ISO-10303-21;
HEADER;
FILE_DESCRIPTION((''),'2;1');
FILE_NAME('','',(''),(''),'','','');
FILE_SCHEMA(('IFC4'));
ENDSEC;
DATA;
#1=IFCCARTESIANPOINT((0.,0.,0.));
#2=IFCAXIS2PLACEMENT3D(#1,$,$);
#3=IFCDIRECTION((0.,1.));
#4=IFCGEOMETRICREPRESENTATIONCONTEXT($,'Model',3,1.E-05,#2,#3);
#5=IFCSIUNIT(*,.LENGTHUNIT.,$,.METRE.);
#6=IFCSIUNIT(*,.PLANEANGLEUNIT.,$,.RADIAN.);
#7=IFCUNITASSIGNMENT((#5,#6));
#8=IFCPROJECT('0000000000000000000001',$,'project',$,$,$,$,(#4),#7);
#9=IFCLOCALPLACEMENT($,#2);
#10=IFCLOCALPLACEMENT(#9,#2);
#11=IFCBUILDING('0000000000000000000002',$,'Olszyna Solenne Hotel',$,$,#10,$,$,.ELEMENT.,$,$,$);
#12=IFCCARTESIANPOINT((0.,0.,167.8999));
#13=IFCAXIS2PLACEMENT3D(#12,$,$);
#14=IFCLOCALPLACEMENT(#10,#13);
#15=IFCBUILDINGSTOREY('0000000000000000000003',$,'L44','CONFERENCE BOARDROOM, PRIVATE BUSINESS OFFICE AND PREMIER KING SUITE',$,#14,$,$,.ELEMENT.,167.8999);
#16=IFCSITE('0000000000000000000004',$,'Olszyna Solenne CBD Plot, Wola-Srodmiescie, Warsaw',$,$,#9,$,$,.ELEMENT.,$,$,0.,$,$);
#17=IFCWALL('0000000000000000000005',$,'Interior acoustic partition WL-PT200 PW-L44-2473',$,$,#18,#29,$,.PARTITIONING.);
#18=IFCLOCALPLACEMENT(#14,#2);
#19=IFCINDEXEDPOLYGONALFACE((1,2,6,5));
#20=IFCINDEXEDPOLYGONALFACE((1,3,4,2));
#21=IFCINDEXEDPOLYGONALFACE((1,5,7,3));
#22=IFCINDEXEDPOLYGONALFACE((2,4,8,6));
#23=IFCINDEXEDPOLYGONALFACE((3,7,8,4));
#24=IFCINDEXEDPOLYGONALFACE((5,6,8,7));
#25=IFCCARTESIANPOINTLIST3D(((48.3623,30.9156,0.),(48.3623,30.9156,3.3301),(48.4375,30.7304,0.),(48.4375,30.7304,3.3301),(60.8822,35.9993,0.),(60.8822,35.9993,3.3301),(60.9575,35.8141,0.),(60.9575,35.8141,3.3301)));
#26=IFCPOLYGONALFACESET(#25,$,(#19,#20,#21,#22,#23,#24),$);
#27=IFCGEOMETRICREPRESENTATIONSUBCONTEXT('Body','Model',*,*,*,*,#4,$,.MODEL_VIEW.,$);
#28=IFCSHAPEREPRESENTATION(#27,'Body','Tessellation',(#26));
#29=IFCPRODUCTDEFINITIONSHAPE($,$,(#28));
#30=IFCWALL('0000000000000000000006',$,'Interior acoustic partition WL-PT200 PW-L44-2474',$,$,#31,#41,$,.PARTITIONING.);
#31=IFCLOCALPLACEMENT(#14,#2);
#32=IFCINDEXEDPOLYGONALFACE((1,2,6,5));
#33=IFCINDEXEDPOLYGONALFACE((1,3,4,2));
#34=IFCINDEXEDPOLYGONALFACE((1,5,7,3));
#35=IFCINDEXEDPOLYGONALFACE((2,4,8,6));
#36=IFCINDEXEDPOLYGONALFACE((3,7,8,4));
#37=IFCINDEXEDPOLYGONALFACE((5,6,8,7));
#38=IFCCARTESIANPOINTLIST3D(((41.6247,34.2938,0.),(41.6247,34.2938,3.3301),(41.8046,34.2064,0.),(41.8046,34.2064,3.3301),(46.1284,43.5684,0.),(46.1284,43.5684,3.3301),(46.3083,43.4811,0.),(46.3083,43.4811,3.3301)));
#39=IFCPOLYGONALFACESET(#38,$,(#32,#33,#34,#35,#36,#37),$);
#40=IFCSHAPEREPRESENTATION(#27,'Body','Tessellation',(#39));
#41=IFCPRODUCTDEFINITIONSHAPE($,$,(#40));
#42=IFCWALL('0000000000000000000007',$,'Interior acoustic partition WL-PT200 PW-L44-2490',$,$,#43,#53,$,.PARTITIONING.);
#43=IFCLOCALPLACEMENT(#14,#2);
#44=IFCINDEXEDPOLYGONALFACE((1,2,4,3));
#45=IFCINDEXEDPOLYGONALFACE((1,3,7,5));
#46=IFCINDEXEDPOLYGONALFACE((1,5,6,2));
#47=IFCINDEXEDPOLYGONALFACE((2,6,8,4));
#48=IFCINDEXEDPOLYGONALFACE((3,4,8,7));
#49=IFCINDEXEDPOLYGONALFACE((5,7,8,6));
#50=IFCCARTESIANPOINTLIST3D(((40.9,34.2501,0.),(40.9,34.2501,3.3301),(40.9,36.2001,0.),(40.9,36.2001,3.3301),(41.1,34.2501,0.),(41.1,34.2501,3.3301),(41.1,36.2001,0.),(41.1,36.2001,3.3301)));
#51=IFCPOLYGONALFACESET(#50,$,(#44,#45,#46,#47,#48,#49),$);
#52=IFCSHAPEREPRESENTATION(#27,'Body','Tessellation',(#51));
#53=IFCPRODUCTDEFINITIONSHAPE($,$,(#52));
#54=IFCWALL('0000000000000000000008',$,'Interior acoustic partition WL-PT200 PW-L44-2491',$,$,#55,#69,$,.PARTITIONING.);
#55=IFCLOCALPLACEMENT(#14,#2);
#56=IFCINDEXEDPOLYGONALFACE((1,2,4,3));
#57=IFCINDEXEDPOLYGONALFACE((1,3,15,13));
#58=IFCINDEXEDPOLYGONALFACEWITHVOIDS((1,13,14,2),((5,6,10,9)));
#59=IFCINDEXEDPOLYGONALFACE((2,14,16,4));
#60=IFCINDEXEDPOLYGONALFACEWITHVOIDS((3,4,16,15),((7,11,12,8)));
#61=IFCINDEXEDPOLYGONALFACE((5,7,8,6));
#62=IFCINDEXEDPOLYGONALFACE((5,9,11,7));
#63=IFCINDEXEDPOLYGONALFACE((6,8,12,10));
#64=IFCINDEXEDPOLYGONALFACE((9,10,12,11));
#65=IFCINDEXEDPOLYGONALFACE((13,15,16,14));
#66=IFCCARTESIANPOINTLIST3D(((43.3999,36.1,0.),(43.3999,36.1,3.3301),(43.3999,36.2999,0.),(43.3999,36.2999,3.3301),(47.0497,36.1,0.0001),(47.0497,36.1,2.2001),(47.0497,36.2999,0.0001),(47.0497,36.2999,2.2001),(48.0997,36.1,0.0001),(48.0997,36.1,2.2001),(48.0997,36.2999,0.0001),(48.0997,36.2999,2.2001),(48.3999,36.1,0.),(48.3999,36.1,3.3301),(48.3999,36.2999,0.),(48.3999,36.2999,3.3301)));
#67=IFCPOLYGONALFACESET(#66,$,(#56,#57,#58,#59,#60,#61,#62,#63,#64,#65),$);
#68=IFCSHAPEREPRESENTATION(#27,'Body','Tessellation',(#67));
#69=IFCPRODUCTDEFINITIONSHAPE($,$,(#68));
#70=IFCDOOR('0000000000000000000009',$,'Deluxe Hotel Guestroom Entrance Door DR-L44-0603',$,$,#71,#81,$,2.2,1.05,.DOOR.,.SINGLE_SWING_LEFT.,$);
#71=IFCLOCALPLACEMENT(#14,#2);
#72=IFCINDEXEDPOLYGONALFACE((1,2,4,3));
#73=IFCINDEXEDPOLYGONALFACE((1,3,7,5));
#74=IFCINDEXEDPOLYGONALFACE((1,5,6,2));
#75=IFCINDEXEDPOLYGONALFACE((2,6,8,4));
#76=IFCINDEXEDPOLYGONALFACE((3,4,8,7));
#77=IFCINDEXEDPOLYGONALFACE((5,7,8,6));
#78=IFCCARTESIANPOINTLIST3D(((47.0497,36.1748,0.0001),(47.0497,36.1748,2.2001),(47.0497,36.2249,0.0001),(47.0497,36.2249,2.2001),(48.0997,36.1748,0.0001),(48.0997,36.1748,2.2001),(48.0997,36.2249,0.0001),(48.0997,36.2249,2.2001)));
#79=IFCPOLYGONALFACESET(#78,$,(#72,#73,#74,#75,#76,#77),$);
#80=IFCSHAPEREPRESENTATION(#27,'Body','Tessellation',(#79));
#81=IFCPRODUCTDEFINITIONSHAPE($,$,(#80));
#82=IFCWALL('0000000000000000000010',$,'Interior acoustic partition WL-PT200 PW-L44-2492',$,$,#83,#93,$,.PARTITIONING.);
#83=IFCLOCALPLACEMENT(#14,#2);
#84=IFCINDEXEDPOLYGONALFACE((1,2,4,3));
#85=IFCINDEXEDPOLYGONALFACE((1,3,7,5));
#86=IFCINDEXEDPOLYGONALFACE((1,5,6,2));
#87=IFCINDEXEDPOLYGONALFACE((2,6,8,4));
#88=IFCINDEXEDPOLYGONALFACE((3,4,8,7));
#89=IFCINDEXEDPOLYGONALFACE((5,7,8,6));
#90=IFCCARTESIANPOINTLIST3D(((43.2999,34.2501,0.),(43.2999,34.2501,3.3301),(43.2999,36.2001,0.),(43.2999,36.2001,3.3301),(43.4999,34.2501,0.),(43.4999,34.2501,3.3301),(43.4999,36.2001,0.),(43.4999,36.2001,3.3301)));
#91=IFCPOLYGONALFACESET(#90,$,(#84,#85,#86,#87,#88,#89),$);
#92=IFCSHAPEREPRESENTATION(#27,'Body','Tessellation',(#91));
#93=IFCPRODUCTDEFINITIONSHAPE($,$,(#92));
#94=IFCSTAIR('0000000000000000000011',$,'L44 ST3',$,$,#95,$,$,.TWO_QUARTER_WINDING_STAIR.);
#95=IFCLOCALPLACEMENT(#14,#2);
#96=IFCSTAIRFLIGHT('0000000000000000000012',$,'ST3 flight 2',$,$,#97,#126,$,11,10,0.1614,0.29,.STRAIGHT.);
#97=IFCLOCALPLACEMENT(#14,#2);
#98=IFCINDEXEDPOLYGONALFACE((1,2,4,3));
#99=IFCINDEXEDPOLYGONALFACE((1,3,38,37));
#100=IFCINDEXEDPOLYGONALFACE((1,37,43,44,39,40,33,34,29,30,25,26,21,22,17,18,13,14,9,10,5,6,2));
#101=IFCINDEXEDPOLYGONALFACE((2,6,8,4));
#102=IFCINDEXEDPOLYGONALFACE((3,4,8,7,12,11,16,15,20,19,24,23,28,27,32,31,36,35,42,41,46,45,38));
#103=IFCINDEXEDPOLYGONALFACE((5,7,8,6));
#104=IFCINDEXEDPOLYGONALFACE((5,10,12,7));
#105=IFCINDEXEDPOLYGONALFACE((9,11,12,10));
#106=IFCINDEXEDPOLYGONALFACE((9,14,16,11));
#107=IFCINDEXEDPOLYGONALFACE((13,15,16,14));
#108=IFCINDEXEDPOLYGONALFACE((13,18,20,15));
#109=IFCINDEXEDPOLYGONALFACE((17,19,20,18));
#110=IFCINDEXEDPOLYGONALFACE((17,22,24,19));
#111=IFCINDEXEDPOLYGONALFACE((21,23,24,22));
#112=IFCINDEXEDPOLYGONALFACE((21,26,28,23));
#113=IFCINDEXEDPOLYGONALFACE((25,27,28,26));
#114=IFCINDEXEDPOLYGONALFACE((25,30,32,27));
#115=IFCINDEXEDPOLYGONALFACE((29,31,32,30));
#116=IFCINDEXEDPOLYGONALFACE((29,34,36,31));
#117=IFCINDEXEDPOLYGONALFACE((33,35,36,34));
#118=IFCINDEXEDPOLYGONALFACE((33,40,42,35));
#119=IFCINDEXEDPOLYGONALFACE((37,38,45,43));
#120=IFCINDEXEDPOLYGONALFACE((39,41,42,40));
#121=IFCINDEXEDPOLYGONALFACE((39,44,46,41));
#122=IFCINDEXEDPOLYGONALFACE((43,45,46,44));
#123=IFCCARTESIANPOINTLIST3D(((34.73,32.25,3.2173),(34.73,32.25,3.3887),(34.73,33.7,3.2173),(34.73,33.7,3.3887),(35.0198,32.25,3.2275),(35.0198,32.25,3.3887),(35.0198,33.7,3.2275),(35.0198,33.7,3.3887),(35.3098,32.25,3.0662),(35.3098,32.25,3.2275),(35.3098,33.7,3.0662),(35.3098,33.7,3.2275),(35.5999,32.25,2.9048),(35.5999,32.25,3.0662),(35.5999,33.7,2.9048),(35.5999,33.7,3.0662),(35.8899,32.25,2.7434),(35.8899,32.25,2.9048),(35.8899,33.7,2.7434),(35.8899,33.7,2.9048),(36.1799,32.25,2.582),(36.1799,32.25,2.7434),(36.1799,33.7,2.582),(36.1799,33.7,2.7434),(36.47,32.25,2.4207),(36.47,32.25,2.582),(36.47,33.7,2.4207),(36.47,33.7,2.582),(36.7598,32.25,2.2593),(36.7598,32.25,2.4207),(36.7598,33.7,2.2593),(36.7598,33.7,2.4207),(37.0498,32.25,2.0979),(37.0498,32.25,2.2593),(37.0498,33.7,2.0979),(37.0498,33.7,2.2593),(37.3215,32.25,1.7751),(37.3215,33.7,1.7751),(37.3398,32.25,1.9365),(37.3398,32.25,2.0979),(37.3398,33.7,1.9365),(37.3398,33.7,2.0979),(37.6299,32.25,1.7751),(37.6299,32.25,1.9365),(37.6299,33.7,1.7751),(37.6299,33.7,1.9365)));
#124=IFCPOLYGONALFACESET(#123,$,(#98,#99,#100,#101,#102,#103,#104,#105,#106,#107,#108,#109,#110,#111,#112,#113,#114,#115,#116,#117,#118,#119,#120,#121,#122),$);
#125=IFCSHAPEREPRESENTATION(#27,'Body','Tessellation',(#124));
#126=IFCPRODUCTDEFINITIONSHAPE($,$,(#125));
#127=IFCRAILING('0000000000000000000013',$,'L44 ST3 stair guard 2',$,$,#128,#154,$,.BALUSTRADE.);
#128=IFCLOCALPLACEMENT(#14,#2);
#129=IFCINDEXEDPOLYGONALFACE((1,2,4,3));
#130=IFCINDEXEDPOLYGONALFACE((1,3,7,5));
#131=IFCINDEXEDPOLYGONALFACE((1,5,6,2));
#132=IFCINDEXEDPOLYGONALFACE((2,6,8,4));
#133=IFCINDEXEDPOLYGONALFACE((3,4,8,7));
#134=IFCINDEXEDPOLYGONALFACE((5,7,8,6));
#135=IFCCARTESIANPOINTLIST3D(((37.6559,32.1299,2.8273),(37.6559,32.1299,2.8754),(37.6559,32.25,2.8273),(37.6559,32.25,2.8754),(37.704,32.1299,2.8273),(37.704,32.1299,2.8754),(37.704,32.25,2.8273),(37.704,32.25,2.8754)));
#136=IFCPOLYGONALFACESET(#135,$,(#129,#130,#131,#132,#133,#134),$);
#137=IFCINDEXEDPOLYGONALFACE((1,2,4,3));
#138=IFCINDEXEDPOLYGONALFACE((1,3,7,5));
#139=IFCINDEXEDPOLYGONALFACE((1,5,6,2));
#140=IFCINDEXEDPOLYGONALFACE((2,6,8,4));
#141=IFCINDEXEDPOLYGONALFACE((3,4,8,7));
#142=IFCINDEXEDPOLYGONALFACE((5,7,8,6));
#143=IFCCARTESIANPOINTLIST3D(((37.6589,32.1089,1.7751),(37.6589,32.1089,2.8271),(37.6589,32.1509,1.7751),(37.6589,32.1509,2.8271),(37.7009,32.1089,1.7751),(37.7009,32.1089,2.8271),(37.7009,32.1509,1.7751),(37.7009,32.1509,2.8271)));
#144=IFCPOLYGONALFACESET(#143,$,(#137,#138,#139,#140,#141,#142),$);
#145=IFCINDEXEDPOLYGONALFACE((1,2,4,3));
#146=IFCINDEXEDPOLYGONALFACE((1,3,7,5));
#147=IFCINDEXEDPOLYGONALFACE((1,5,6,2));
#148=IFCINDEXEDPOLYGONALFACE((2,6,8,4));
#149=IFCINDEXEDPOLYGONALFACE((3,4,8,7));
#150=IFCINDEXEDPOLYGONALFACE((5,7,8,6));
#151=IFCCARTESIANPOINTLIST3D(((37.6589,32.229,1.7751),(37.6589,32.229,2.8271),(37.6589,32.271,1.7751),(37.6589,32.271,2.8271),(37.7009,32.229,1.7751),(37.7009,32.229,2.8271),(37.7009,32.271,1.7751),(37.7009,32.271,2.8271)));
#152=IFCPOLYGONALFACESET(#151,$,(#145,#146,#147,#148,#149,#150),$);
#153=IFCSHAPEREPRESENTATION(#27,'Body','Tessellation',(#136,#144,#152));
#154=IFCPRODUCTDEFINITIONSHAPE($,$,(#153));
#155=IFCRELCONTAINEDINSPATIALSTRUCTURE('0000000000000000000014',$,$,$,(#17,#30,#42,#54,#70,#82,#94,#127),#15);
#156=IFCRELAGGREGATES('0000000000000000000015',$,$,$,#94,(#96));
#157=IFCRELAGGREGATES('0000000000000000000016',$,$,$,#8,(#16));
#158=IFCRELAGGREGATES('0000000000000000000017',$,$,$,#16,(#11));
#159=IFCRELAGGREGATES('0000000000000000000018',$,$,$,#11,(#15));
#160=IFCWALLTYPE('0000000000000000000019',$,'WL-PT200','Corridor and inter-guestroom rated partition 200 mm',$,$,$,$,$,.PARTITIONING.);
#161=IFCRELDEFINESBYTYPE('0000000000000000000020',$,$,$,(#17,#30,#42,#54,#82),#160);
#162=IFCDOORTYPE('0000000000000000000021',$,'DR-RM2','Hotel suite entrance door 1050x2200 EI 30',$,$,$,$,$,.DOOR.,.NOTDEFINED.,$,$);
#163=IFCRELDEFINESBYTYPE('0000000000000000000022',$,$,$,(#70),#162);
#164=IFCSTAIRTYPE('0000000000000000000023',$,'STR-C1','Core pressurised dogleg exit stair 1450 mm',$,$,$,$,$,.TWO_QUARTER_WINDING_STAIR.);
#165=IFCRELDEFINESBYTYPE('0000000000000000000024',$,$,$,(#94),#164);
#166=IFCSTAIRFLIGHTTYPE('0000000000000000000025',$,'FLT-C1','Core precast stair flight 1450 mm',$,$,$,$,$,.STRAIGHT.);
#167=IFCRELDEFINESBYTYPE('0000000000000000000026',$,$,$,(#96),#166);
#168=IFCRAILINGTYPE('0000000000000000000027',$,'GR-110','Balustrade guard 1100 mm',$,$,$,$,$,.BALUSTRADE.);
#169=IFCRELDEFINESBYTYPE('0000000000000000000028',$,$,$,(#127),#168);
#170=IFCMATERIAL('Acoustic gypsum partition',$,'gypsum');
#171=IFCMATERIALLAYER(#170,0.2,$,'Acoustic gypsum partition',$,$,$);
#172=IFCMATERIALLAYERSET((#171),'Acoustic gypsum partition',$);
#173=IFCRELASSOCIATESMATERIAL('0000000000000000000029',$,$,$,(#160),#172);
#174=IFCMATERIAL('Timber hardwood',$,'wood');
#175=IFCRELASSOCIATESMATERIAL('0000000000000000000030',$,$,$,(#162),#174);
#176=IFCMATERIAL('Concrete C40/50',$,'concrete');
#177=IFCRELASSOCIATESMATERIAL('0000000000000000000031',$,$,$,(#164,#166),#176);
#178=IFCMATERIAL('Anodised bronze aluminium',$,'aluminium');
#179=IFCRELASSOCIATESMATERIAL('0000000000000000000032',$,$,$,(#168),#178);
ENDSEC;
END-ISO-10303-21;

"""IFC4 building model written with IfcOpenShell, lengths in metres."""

from ifc_helpers import new_model, si_unit, direction, frame, frame_2d, origin, origin_2d, place, context, subcontext, project, spatial, polyline, rectangle, outline, extrude, source, transform, mapped, material, layer, layer_set, type_object, type_shapes, element, fill, aggregate, save


model = new_model("IFC4")

# Units and contexts
model_context = context("Model", 3, precision=1e-05, world=origin(), true_north=direction((0.0, 1.0)))
body_context = subcontext(model_context, "Body", "Model", "MODEL_VIEW")
ifc_project = project(units=[si_unit("LENGTHUNIT", "METRE"), si_unit("PLANEANGLEUNIT", "RADIAN")], contexts=[model_context])

# Site, building, storey
site_placement = place(None, origin())
site = spatial("IfcSite", under=ifc_project, at=site_placement, Name="Olszyna Solenne CBD Plot, Wola-Srodmiescie, Warsaw", CompositionType="ELEMENT", RefElevation=0.0)
building_placement = place(site_placement, origin())
building = spatial("IfcBuilding", under=site, at=building_placement, Name="Olszyna Solenne Hotel", CompositionType="ELEMENT")
storey_placement = place(building_placement, frame((0.0, 0.0, 167.8999)))
storey = spatial("IfcBuildingStorey", under=building, at=storey_placement, Name="L44", Description="CONFERENCE BOARDROOM, PRIVATE BUSINESS OFFICE AND PREMIER KING SUITE", CompositionType="ELEMENT", Elevation=167.8999)

# Shared definitions
ifc_material_1 = material(Name="Timber hardwood", Category="wood")

# Shared definitions
ifc_material_2 = material(Name="Anodised bronze aluminium", Category="aluminium")

# Shared definitions
ifc_material_3 = material(Name="Acoustic gypsum partition", Category="gypsum")

# Walls
ifc_layer_1 = layer(ifc_material_3, 0.2, Name="Acoustic gypsum partition")
ifc_layer_set_1 = layer_set([ifc_layer_1], Name="Acoustic gypsum partition")
wall_type_1 = type_object("IfcWallType", Name="WL-PT200", Description="Corridor and inter-guestroom rated partition 200 mm", PredefinedType="PARTITIONING", material=ifc_layer_set_1)
wall_1_placement = place(storey_placement, frame((48.3999, 30.823, 0.0), z_axis=(0.0, 0.0, 1.0), x_axis=(0.926532, 0.376217, 0.0)))
element("IfcWall", 1, at=wall_1_placement, inside=storey, type_object=wall_type_1, Name="Interior acoustic partition WL-PT200 PW-L44-2473", PredefinedType="PARTITIONING", context=body_context, shape_type="SweptSolid", body=[
    extrude(rectangle(XDim=13.5127, YDim=0.2, at=frame_2d((6.7563, 0.0))), origin(), (0.0, 0.0, 1.0), 3.3301),
])
wall_2_placement = place(storey_placement, frame((41.7146, 34.25, 0.0), z_axis=(0.0, 0.0, 1.0), x_axis=(0.436812, 0.899553, 0.0)))
element("IfcWall", 2, at=wall_2_placement, inside=storey, type_object=wall_type_1, Name="Interior acoustic partition WL-PT200 PW-L44-2474", PredefinedType="PARTITIONING", context=body_context, shape_type="SweptSolid", body=[
    extrude(rectangle(XDim=10.3103, YDim=0.2, at=frame_2d((5.1553, 0.0))), origin(), (0.0, 0.0, 1.0), 3.3301),
])
wall_3_placement = place(storey_placement, frame((41.0, 34.25, 0.0), z_axis=(0.0, 0.0, 1.0), x_axis=(0.0, 1.0, 0.0)))
element("IfcWall", 3, at=wall_3_placement, inside=storey, type_object=wall_type_1, Name="Interior acoustic partition WL-PT200 PW-L44-2490", PredefinedType="PARTITIONING", context=body_context, shape_type="SweptSolid", body=[
    extrude(rectangle(XDim=1.95, YDim=0.2, at=frame_2d((0.9751, 0.0))), origin(), (0.0, 0.0, 1.0), 3.3301),
])

# Wall, opening, door
wall_4_placement = place(storey_placement, frame((43.3999, 36.2, 0.0), z_axis=(0.0, 0.0, 1.0), x_axis=(1.0, 0.0, 0.0)))
wall_4 = element("IfcWall", 4, at=wall_4_placement, inside=storey, type_object=wall_type_1, Name="Interior acoustic partition WL-PT200 PW-L44-2491", PredefinedType="PARTITIONING", context=body_context, shape_type="SweptSolid", body=[
    extrude(rectangle(XDim=5.0, YDim=0.2, at=frame_2d((2.5, 0.0))), origin(), (0.0, 0.0, 1.0), 3.3301),
])
opening_1_placement = place(wall_4_placement, frame((3.6499, 0.0, 0.0)))
opening_1 = element("IfcOpeningElement", 5, at=opening_1_placement, cuts=wall_4, PredefinedType="OPENING", context=body_context, shape_type="SweptSolid", body=[
    extrude(rectangle(XDim=1.05, YDim=2.2, at=frame_2d((0.5249, 1.1001))), frame((0.0, 0.1099, 0.0), z_axis=(0.0, -1.0, 0.0), x_axis=(1.0, 0.0, 0.0)), (0.0, 0.0, 1.0), 0.22),
])
door_type_1 = type_object("IfcDoorType", Name="DR-RM2", Description="Hotel suite entrance door 1050x2200 EI 30", OperationType="NOTDEFINED", PredefinedType="DOOR", material=ifc_material_1)
shared_shape_1 = source(origin(), body_context, "Body", "SweptSolid", [
    extrude(rectangle(XDim=1.05, YDim=2.2, at=frame_2d((0.5249, 1.1001))), frame((0.0, 0.0249, 0.0), z_axis=(0.0, -1.0, 0.0), x_axis=(1.0, 0.0, 0.0)), (0.0, 0.0, 1.0), 0.05),
])
type_shapes(door_type_1, [shared_shape_1])
door_1_placement = place(opening_1_placement, origin())
door_1 = element("IfcDoor", 6, at=door_1_placement, inside=storey, type_object=door_type_1, Name="Deluxe Hotel Guestroom Entrance Door DR-L44-0603", OperationType="SINGLE_SWING_LEFT", OverallHeight=2.2, OverallWidth=1.05, PredefinedType="DOOR", context=body_context, shape_type="MappedRepresentation", body=[
    mapped(shared_shape_1, transform((0.0, 0.0, 0.0), x_axis=(1.0, 0.0, 0.0), y_axis=(0.0, 1.0, 0.0), z_axis=(0.0, 0.0, 1.0), scale=1.0)),
])
fill(opening_1, door_1)

# Wall
wall_5_placement = place(storey_placement, frame((43.3999, 34.25, 0.0), z_axis=(0.0, 0.0, 1.0), x_axis=(0.0, 1.0, 0.0)))
element("IfcWall", 7, at=wall_5_placement, inside=storey, type_object=wall_type_1, Name="Interior acoustic partition WL-PT200 PW-L44-2492", PredefinedType="PARTITIONING", context=body_context, shape_type="SweptSolid", body=[
    extrude(rectangle(XDim=1.95, YDim=0.2, at=frame_2d((0.9751, 0.0))), origin(), (0.0, 0.0, 1.0), 3.3301),
])

# Stair, stair flight
ifc_material_4 = material(Name="Concrete C40/50", Category="concrete")
stair_type = type_object("IfcStairType", Name="STR-C1", Description="Core pressurised dogleg exit stair 1450 mm", PredefinedType="TWO_QUARTER_WINDING_STAIR", material=ifc_material_4)
stair_placement = place(storey_placement, origin())
stair = element("IfcStair", 8, at=stair_placement, inside=storey, type_object=stair_type, Name="L44 ST3", PredefinedType="TWO_QUARTER_WINDING_STAIR")
stair_flight_type = type_object("IfcStairFlightType", Name="FLT-C1", Description="Core precast stair flight 1450 mm", PredefinedType="STRAIGHT", material=ifc_material_4)
stair_flight_placement = place(storey_placement, frame((37.6299, 32.9751, 1.7751), z_axis=(0.0, 0.0, 1.0), x_axis=(-1.0, 0.0, 0.0)))
stair_flight = element("IfcStairFlight", 9, at=stair_flight_placement, type_object=stair_flight_type, Name="ST3 flight 2", NumberOfRisers=11, NumberOfTreads=10, PredefinedType="STRAIGHT", RiserHeight=0.1614, TreadLength=0.29, context=body_context, shape_type="SweptSolid", body=[
    extrude(outline(polyline([(0.0, 0.0), (0.0, 0.1614), (0.29, 0.1614), (0.29, 0.3228), (0.5801, 0.3228), (0.5801, 0.4841), (0.8701, 0.4841), (0.8701, 0.6455), (1.1599, 0.6455), (1.1599, 0.8069), (1.45, 0.8069), (1.45, 0.9683), (1.74, 0.9683), (1.74, 1.1296), (2.03, 1.1296), (2.03, 1.291), (2.3201, 1.291), (2.3201, 1.4524), (2.6101, 1.4524), (2.6101, 1.6135), (2.8999, 1.6135), (2.8999, 1.7749), (2.8999, 1.4421), (0.3083, 0.0), (0.0, 0.0)])), frame((0.0, 0.7251, 0.0), z_axis=(0.0, -1.0, 0.0), x_axis=(1.0, 0.0, 0.0)), (0.0, 0.0, 1.0), 1.45),
])
aggregate(stair, [stair_flight])

# Railing
railing_type_1 = type_object("IfcRailingType", Name="GR-110", Description="Balustrade guard 1100 mm", PredefinedType="BALUSTRADE", material=ifc_material_2)
railing_1_placement = place(storey_placement, frame((37.6799, 32.1299, 1.7751)))
element("IfcRailing", 10, at=railing_1_placement, inside=storey, type_object=railing_type_1, Name="L44 ST3 stair guard 2", PredefinedType="BALUSTRADE", context=body_context, shape_type="SweptSolid", body=[
    extrude(rectangle(XDim=0.0481, YDim=0.0481, at=origin_2d()), frame((0.0, 0.0, 1.0762), z_axis=(0.0, 1.0, 0.0), x_axis=(-1.0, 0.0, 0.0)), (0.0, 0.0, 1.0), 0.1201),
    extrude(rectangle(XDim=0.042, YDim=0.042, at=origin_2d()), origin(), (0.0, 0.0, 1.0), 1.052),
    extrude(rectangle(XDim=0.042, YDim=0.042, at=origin_2d()), frame((0.0, 0.1201, 0.0)), (0.0, 0.0, 1.0), 1.052),
])

save(model, "model.ifc")
